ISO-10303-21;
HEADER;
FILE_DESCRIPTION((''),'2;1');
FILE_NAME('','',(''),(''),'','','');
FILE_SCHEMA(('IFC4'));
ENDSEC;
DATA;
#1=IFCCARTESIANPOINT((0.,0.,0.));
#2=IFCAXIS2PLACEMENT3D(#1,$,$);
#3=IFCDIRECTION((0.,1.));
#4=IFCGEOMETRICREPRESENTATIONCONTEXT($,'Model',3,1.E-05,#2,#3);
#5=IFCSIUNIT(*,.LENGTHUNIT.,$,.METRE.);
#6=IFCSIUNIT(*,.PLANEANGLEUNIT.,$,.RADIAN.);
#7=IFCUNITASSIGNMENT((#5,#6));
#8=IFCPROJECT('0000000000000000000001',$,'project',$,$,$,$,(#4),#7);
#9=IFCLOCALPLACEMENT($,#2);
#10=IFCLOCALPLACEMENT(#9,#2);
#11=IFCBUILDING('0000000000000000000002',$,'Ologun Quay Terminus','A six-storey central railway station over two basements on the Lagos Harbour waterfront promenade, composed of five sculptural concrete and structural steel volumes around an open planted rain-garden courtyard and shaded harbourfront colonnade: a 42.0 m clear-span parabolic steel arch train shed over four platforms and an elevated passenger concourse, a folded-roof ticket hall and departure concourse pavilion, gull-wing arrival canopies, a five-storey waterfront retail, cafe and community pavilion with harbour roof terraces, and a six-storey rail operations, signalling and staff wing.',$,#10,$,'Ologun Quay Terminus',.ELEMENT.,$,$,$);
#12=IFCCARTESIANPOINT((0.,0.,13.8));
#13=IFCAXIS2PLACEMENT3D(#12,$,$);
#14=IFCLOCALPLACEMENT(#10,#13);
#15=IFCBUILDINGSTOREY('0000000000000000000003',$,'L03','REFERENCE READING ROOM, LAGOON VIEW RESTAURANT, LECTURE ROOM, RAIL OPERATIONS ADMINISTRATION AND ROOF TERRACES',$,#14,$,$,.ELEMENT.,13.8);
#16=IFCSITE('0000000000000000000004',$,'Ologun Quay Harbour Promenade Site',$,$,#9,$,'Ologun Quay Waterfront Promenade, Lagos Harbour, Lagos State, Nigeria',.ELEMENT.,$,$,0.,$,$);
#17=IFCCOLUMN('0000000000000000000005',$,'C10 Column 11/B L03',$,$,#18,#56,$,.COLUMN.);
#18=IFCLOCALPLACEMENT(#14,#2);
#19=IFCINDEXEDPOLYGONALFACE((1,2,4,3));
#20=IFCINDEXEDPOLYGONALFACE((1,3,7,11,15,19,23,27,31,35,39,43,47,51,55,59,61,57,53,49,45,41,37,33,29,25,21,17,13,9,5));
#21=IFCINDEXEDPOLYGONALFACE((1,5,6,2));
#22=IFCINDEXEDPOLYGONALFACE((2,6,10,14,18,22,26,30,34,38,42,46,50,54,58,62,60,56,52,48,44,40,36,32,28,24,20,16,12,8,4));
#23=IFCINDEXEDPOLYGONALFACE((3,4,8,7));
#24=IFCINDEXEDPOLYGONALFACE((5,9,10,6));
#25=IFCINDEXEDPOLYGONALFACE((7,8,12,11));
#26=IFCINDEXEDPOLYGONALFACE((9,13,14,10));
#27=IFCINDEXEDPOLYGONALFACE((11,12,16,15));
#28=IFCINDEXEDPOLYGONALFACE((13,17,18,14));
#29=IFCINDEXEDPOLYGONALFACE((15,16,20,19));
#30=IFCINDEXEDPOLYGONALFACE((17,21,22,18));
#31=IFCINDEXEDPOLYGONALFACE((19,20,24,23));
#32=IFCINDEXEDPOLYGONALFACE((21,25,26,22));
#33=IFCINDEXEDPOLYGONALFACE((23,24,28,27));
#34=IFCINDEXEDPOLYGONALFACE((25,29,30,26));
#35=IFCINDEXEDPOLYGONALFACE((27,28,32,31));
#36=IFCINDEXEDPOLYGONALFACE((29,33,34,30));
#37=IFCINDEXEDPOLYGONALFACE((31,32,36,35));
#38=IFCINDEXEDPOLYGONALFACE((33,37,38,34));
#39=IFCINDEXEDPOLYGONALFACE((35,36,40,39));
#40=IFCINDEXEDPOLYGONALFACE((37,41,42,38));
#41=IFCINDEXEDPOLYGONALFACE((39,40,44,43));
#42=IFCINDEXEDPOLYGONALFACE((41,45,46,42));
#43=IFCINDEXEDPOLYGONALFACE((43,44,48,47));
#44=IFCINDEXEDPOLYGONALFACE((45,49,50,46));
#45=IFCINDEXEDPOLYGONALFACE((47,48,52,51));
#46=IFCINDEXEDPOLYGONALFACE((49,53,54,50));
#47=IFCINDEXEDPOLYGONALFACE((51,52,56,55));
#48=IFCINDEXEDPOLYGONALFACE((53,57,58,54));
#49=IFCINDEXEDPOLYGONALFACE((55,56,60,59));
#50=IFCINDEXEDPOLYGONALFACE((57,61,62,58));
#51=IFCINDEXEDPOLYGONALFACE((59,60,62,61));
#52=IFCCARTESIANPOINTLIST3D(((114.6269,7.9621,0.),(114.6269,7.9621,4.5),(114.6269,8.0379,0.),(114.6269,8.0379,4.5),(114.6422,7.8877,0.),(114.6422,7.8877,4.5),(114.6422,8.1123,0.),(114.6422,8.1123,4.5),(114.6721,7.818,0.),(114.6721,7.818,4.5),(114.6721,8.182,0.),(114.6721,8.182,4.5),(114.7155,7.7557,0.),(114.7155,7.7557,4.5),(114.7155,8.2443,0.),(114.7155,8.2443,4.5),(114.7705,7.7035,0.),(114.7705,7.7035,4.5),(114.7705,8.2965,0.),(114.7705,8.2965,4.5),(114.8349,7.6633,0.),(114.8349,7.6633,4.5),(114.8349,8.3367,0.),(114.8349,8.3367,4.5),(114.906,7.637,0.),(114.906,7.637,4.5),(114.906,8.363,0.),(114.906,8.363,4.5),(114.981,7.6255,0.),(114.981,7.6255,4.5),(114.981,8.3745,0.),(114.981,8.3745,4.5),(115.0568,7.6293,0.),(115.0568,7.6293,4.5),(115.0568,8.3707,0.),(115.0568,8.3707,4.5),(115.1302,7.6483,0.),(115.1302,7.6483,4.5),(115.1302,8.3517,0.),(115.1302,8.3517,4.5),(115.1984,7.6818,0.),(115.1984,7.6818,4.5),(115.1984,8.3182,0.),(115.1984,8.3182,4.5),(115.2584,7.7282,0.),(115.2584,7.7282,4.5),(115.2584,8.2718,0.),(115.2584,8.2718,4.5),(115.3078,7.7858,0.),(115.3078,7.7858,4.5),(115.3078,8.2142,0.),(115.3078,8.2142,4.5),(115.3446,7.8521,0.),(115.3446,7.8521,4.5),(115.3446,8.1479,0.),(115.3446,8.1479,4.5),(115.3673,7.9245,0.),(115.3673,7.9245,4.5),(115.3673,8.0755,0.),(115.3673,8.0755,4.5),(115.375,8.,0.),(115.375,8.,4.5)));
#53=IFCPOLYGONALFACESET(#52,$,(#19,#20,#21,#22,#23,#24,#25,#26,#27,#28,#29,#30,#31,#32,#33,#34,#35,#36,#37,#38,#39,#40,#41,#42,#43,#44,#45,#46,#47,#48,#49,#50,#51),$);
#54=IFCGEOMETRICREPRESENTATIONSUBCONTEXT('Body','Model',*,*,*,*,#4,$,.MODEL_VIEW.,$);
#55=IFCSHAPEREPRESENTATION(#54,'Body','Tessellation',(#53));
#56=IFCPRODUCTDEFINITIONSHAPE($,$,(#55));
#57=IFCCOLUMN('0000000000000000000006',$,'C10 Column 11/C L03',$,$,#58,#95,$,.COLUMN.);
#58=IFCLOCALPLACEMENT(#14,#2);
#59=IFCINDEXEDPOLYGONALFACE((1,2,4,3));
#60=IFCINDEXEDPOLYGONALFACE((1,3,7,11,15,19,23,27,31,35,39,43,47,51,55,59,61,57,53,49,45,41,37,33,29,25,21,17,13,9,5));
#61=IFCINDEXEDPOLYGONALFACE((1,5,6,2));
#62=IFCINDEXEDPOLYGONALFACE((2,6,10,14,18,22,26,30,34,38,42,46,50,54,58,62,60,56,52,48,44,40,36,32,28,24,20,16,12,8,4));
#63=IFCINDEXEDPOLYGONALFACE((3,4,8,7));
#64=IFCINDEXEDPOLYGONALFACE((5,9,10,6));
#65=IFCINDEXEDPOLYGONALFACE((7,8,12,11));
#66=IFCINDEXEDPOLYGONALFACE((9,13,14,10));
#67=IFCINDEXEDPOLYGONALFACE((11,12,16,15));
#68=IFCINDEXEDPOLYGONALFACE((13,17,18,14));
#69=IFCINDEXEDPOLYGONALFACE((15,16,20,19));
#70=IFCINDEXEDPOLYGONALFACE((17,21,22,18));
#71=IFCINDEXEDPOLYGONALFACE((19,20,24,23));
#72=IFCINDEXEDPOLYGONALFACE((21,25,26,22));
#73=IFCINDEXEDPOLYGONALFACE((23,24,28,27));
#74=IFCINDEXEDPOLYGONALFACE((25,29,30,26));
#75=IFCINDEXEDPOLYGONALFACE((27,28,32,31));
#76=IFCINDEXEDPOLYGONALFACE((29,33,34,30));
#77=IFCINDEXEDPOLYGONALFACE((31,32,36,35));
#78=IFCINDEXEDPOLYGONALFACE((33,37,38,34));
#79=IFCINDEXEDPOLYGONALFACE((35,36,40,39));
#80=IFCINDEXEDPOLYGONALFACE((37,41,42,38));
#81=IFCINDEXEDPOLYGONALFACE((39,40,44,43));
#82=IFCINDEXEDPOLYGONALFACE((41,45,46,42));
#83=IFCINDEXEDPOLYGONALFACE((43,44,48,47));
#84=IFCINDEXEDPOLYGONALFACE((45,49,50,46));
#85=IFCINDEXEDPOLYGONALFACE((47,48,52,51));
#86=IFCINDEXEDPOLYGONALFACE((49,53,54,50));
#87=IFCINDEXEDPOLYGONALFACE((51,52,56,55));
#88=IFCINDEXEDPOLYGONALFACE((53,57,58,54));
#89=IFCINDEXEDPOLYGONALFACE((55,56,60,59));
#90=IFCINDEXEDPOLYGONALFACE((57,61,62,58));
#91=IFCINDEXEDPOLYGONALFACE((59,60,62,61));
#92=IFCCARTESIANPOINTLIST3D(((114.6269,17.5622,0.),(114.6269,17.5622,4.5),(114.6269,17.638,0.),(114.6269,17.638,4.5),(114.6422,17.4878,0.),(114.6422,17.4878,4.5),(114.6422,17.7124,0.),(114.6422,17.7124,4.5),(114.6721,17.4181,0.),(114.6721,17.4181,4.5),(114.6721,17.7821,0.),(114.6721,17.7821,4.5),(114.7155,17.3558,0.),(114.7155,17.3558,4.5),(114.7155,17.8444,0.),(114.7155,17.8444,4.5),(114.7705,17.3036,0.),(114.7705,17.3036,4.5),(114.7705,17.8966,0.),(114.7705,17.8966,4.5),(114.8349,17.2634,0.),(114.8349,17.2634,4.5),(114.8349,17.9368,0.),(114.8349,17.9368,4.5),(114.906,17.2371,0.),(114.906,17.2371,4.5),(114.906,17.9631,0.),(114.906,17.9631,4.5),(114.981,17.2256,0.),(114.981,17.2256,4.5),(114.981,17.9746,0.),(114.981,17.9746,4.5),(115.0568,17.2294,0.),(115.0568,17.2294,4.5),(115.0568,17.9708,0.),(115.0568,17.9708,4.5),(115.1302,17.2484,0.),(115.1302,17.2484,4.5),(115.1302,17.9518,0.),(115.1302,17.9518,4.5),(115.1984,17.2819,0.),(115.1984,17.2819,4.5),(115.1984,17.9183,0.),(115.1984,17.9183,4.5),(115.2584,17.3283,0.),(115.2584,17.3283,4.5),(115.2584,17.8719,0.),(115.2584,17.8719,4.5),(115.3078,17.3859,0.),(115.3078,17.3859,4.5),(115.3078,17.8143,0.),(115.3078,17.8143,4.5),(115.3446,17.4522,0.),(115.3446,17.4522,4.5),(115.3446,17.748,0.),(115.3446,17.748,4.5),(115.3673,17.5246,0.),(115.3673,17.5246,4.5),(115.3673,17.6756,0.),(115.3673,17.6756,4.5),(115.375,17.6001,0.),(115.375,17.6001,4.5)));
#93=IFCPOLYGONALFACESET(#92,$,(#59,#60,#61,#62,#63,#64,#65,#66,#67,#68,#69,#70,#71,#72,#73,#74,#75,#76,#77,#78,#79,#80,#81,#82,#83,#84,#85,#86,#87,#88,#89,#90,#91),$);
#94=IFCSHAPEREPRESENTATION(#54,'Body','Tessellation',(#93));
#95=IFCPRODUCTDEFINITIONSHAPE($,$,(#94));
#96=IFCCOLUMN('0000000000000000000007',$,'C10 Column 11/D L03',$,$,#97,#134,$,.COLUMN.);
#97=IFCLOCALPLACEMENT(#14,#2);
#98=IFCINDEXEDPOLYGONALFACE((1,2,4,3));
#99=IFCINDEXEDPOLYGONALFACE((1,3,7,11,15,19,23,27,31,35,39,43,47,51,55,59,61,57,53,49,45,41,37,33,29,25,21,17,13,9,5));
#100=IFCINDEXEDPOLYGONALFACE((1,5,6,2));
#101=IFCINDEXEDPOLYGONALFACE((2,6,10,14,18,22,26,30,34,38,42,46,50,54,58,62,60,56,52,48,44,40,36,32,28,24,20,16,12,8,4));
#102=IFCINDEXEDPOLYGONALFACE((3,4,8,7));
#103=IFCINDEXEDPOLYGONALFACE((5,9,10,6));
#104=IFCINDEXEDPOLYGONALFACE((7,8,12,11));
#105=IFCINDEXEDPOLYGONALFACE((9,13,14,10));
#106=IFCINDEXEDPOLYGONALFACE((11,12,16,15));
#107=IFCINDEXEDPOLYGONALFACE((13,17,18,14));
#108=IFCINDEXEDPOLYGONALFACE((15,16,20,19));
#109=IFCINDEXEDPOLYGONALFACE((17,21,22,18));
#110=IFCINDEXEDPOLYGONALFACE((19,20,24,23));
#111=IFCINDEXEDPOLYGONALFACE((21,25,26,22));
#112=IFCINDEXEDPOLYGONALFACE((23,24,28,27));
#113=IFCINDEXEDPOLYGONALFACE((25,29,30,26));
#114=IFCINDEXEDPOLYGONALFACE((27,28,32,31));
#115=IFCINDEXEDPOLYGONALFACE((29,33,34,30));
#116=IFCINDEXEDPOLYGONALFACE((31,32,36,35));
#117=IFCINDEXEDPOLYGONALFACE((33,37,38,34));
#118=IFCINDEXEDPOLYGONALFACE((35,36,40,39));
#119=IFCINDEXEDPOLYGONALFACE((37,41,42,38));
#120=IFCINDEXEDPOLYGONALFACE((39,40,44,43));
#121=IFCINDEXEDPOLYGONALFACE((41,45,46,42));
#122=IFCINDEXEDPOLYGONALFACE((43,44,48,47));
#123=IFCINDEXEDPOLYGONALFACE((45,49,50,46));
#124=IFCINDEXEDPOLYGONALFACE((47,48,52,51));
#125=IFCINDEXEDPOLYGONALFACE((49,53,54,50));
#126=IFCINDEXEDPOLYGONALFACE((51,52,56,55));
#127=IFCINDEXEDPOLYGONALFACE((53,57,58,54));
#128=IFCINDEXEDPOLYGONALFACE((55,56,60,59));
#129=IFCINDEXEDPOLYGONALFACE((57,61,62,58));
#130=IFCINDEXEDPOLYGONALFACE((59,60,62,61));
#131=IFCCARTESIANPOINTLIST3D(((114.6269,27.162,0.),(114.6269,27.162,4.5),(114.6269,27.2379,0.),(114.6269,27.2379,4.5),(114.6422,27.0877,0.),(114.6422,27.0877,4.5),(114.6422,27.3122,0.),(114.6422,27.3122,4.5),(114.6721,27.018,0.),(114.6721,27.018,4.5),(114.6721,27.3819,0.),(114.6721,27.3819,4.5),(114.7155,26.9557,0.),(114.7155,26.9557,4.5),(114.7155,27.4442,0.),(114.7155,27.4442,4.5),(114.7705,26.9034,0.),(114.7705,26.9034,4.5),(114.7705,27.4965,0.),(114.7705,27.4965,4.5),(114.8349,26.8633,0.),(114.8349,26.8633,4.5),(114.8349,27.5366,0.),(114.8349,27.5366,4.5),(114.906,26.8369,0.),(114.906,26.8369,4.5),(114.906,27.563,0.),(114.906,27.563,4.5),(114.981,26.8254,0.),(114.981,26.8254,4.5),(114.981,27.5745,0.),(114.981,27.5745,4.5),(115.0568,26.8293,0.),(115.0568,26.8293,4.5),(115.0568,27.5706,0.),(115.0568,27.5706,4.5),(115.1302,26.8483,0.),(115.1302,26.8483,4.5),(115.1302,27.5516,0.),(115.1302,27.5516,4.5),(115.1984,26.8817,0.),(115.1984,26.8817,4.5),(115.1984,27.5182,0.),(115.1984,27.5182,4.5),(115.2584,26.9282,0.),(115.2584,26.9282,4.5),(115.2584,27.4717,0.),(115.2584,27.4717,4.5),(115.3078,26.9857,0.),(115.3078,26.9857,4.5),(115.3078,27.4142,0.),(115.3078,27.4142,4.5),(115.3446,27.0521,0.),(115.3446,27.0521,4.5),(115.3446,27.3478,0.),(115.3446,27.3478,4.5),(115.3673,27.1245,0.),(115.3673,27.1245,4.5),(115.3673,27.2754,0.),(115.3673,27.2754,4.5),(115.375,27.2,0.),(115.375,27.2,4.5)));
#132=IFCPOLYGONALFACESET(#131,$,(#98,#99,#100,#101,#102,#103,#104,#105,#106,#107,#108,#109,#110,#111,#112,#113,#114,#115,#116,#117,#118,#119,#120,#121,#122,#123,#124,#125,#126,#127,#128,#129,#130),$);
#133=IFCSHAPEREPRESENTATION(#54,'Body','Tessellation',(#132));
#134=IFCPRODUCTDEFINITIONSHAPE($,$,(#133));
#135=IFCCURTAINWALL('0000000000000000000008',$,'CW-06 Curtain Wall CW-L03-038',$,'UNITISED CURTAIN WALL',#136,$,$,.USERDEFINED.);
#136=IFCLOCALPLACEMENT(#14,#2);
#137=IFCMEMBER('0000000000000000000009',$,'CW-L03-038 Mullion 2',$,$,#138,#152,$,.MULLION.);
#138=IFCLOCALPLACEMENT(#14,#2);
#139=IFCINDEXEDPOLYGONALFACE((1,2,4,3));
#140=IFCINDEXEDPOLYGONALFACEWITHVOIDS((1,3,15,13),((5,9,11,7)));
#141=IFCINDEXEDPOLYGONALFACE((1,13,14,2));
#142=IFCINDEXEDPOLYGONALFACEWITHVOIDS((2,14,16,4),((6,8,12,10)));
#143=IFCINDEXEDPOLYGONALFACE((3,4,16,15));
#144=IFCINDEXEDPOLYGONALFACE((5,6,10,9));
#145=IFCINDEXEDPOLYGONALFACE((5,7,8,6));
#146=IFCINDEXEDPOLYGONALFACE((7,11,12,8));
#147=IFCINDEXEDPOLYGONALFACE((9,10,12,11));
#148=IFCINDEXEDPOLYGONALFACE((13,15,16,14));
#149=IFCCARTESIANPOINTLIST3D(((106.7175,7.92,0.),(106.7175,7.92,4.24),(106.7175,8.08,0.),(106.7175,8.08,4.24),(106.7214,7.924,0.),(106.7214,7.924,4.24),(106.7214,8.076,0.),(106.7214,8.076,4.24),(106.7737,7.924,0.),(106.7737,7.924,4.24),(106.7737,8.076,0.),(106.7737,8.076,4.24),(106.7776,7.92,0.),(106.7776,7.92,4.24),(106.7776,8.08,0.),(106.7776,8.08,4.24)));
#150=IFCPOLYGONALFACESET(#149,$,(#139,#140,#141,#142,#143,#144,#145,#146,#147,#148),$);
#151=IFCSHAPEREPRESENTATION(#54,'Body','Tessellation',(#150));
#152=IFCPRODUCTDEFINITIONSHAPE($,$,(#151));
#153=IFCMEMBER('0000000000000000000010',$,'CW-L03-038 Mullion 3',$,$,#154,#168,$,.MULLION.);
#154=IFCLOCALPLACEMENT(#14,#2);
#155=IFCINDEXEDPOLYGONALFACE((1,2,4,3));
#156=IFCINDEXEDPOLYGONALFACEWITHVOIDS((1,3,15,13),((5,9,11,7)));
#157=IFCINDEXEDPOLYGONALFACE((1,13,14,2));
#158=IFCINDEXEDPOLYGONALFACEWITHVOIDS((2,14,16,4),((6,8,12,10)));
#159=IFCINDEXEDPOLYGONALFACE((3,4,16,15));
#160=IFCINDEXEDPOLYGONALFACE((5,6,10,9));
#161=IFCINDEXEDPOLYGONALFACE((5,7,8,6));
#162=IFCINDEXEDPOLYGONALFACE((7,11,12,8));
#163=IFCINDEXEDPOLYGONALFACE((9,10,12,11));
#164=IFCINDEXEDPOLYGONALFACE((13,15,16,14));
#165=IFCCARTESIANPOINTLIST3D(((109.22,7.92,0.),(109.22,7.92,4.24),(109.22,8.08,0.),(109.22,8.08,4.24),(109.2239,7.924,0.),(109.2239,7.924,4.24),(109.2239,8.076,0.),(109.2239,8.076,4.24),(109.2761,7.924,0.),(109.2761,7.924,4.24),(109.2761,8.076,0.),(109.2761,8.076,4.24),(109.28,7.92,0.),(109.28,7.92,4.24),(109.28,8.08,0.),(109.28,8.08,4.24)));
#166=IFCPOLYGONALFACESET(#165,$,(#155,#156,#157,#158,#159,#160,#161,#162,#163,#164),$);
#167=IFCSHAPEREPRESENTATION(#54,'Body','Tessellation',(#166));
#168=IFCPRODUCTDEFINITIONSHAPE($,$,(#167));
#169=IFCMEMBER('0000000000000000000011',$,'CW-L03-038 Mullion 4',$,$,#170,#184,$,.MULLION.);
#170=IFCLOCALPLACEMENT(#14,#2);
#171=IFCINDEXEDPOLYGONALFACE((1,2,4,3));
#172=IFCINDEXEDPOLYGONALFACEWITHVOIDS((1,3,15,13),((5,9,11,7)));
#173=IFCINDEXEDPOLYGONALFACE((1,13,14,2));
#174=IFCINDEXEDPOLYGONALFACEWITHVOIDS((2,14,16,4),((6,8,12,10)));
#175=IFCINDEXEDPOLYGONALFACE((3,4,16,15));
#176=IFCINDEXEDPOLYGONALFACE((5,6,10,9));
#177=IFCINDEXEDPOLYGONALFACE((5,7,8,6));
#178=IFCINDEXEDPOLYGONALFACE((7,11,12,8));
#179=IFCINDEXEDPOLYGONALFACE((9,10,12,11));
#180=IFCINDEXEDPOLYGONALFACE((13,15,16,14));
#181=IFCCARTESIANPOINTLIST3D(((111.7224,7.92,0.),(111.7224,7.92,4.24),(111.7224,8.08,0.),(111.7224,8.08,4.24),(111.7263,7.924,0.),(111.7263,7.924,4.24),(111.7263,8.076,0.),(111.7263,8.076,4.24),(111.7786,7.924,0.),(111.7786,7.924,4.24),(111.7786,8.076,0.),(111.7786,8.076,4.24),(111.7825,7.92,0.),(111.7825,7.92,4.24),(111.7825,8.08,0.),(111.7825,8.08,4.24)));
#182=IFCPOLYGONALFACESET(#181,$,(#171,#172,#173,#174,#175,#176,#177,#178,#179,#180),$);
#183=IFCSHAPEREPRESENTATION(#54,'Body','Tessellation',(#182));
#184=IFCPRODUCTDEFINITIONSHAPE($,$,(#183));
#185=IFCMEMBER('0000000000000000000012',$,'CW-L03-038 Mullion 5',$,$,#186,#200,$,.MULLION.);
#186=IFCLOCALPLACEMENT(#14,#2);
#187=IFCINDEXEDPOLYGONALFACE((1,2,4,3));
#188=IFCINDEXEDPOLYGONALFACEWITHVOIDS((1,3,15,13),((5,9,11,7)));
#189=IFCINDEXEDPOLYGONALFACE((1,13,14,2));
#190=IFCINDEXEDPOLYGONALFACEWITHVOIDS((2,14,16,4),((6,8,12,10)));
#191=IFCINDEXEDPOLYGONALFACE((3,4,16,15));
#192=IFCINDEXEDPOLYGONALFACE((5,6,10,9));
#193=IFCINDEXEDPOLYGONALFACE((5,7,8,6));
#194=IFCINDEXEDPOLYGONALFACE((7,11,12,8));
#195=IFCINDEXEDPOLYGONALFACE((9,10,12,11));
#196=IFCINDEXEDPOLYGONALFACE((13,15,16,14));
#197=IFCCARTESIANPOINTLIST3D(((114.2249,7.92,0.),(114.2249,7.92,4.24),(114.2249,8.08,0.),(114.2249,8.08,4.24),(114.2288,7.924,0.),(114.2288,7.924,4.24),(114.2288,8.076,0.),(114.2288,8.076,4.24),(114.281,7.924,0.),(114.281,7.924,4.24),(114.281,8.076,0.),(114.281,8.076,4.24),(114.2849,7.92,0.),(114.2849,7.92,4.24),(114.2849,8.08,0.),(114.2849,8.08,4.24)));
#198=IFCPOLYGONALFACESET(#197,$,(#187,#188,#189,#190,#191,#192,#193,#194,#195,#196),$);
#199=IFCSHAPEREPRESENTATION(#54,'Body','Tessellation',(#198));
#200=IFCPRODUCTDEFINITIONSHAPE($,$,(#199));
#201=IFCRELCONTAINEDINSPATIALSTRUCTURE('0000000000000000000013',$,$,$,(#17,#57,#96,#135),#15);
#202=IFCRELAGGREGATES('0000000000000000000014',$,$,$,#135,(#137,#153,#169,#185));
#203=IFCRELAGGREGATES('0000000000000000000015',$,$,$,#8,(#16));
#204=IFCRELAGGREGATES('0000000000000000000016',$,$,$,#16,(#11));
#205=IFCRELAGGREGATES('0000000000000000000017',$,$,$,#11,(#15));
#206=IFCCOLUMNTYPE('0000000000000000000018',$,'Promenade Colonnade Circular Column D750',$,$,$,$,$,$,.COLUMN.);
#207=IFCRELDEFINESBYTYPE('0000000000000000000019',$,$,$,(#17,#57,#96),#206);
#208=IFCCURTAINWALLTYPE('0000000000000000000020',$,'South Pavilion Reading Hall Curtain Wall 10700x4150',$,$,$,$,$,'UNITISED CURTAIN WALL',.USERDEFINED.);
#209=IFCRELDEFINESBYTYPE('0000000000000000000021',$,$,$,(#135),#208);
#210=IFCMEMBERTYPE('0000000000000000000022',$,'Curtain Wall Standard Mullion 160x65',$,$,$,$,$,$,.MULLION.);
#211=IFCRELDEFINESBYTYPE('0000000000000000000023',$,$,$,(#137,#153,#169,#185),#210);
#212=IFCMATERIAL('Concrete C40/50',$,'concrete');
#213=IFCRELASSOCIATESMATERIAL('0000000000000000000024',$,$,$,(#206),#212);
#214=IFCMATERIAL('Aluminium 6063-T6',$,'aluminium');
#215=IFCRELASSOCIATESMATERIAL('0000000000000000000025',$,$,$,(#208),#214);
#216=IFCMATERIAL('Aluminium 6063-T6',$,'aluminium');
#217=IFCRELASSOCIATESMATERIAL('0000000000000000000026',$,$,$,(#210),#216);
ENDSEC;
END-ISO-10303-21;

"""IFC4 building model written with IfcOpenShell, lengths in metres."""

from ifc_helpers import new_model, si_unit, direction, frame, origin, origin_2d, place, context, subcontext, project, spatial, hollow_rectangle, circle, extrude, material, material_profile, profile_set, type_object, element, aggregate, save


model = new_model("IFC4")

# Units and contexts
model_context = context("Model", 3, precision=1e-05, world=origin(), true_north=direction((0.0, 1.0)))
body_context = subcontext(model_context, "Body", "Model", "MODEL_VIEW")
ifc_project = project(units=[si_unit("LENGTHUNIT", "METRE"), si_unit("PLANEANGLEUNIT", "RADIAN")], contexts=[model_context])

# Site, building, storey
site_placement = place(None, origin())
site = spatial("IfcSite", under=ifc_project, at=site_placement, Name="Ologun Quay Harbour Promenade Site", LongName="Ologun Quay Waterfront Promenade, Lagos Harbour, Lagos State, Nigeria", CompositionType="ELEMENT", RefElevation=0.0)
building_placement = place(site_placement, origin())
building = spatial("IfcBuilding", under=site, at=building_placement, Name="Ologun Quay Terminus", Description="A six-storey central railway station over two basements on the Lagos Harbour waterfront promenade, composed of five sculptural concrete and structural steel volumes around an open planted rain-garden courtyard and shaded harbourfront colonnade: a 42.0 m clear-span parabolic steel arch train shed over four platforms and an elevated passenger concourse, a folded-roof ticket hall and departure concourse pavilion, gull-wing arrival canopies, a five-storey waterfront retail, cafe and community pavilion with harbour roof terraces, and a six-storey rail operations, signalling and staff wing.", LongName="Ologun Quay Terminus", CompositionType="ELEMENT")
storey_placement = place(building_placement, frame((0.0, 0.0, 13.8)))
storey = spatial("IfcBuildingStorey", under=building, at=storey_placement, Name="L03", Description="REFERENCE READING ROOM, LAGOON VIEW RESTAURANT, LECTURE ROOM, RAIL OPERATIONS ADMINISTRATION AND ROOF TERRACES", CompositionType="ELEMENT", Elevation=13.8)

# Columns
ifc_material_1 = material(Name="Concrete C40/50", Category="concrete")
ifc_material_profile_1 = material_profile(ifc_material_1, circle(Radius=0.375, at=origin_2d()), Name="RC D750")
ifc_profile_set_1 = profile_set([ifc_material_profile_1], Name="Concrete C40/50")
column_type = type_object("IfcColumnType", Name="Promenade Colonnade Circular Column D750", PredefinedType="COLUMN", material=ifc_profile_set_1)
for number, where, z_axis, x_axis, name in (
    (1, (115.0, 8.0, 0.0), (0.0, 0.0, 1.0), (1.0, 0.0, 0.0), "C10 Column 11/B L03"),
    (2, (115.0, 17.6001, 0.0), (0.0, 0.0, 1.0), (1.0, 0.0, 0.0), "C10 Column 11/C L03"),
    (3, (115.0, 27.2, 0.0), (0.0, 0.0, 1.0), (1.0, 0.0, 0.0), "C10 Column 11/D L03"),
):
    element("IfcColumn", number, at=place(storey_placement, frame(where, z_axis=z_axis, x_axis=x_axis)), inside=storey, type_object=column_type, Name=name, PredefinedType="COLUMN", context=body_context, shape_type="SweptSolid", body=[
        extrude(circle(Radius=0.375, at=origin_2d()), origin(), (0.0, 0.0, 1.0), 4.5),
    ])

# Curtain wall, members
ifc_material_2 = material(Name="Aluminium 6063-T6", Category="aluminium")
curtain_wall_type = type_object("IfcCurtainWallType", Name="South Pavilion Reading Hall Curtain Wall 10700x4150", ElementType="UNITISED CURTAIN WALL", PredefinedType="USERDEFINED", material=ifc_material_2)
curtain_wall_1_placement = place(storey_placement, origin())
curtain_wall_1 = element("IfcCurtainWall", 4, at=curtain_wall_1_placement, inside=storey, type_object=curtain_wall_type, Name="CW-06 Curtain Wall CW-L03-038", ObjectType="UNITISED CURTAIN WALL", PredefinedType="USERDEFINED")
ifc_material_3 = material(Name="Aluminium 6063-T6", Category="aluminium")
ifc_material_profile_2 = material_profile(ifc_material_3, hollow_rectangle(XDim=0.0601, YDim=0.1599, WallThickness=0.0039, at=origin_2d()), Name="ALU 160x60x4")
ifc_profile_set_2 = profile_set([ifc_material_profile_2], Name="Aluminium 6063-T6")
member_type_1 = type_object("IfcMemberType", Name="Curtain Wall Standard Mullion 160x65", PredefinedType="MULLION", material=ifc_profile_set_2)
member_1_placement = place(storey_placement, frame((106.7476, 8.0, 0.0), z_axis=(0.0, 0.0, 1.0), x_axis=(1.0, 0.0, 0.0)))
member_1 = element("IfcMember", 5, at=member_1_placement, type_object=member_type_1, Name="CW-L03-038 Mullion 2", PredefinedType="MULLION", context=body_context, shape_type="SweptSolid", body=[
    extrude(hollow_rectangle(XDim=0.0601, YDim=0.1599, WallThickness=0.0039, at=origin_2d()), origin(), (0.0, 0.0, 1.0), 4.24),
])
member_2_placement = place(storey_placement, frame((109.25, 8.0, 0.0), z_axis=(0.0, 0.0, 1.0), x_axis=(1.0, 0.0, 0.0)))
member_2 = element("IfcMember", 6, at=member_2_placement, type_object=member_type_1, Name="CW-L03-038 Mullion 3", PredefinedType="MULLION", context=body_context, shape_type="SweptSolid", body=[
    extrude(hollow_rectangle(XDim=0.0601, YDim=0.1599, WallThickness=0.0039, at=origin_2d()), origin(), (0.0, 0.0, 1.0), 4.24),
])
member_3_placement = place(storey_placement, frame((111.7524, 8.0, 0.0), z_axis=(0.0, 0.0, 1.0), x_axis=(1.0, 0.0, 0.0)))
member_3 = element("IfcMember", 7, at=member_3_placement, type_object=member_type_1, Name="CW-L03-038 Mullion 4", PredefinedType="MULLION", context=body_context, shape_type="SweptSolid", body=[
    extrude(hollow_rectangle(XDim=0.0601, YDim=0.1599, WallThickness=0.0039, at=origin_2d()), origin(), (0.0, 0.0, 1.0), 4.24),
])
member_4_placement = place(storey_placement, frame((114.2549, 8.0, 0.0), z_axis=(0.0, 0.0, 1.0), x_axis=(1.0, 0.0, 0.0)))
member_4 = element("IfcMember", 8, at=member_4_placement, type_object=member_type_1, Name="CW-L03-038 Mullion 5", PredefinedType="MULLION", context=body_context, shape_type="SweptSolid", body=[
    extrude(hollow_rectangle(XDim=0.0601, YDim=0.1599, WallThickness=0.0039, at=origin_2d()), origin(), (0.0, 0.0, 1.0), 4.24),
])

aggregate(curtain_wall_1, [member_1, member_2, member_3, member_4])

save(model, "model.ifc")
